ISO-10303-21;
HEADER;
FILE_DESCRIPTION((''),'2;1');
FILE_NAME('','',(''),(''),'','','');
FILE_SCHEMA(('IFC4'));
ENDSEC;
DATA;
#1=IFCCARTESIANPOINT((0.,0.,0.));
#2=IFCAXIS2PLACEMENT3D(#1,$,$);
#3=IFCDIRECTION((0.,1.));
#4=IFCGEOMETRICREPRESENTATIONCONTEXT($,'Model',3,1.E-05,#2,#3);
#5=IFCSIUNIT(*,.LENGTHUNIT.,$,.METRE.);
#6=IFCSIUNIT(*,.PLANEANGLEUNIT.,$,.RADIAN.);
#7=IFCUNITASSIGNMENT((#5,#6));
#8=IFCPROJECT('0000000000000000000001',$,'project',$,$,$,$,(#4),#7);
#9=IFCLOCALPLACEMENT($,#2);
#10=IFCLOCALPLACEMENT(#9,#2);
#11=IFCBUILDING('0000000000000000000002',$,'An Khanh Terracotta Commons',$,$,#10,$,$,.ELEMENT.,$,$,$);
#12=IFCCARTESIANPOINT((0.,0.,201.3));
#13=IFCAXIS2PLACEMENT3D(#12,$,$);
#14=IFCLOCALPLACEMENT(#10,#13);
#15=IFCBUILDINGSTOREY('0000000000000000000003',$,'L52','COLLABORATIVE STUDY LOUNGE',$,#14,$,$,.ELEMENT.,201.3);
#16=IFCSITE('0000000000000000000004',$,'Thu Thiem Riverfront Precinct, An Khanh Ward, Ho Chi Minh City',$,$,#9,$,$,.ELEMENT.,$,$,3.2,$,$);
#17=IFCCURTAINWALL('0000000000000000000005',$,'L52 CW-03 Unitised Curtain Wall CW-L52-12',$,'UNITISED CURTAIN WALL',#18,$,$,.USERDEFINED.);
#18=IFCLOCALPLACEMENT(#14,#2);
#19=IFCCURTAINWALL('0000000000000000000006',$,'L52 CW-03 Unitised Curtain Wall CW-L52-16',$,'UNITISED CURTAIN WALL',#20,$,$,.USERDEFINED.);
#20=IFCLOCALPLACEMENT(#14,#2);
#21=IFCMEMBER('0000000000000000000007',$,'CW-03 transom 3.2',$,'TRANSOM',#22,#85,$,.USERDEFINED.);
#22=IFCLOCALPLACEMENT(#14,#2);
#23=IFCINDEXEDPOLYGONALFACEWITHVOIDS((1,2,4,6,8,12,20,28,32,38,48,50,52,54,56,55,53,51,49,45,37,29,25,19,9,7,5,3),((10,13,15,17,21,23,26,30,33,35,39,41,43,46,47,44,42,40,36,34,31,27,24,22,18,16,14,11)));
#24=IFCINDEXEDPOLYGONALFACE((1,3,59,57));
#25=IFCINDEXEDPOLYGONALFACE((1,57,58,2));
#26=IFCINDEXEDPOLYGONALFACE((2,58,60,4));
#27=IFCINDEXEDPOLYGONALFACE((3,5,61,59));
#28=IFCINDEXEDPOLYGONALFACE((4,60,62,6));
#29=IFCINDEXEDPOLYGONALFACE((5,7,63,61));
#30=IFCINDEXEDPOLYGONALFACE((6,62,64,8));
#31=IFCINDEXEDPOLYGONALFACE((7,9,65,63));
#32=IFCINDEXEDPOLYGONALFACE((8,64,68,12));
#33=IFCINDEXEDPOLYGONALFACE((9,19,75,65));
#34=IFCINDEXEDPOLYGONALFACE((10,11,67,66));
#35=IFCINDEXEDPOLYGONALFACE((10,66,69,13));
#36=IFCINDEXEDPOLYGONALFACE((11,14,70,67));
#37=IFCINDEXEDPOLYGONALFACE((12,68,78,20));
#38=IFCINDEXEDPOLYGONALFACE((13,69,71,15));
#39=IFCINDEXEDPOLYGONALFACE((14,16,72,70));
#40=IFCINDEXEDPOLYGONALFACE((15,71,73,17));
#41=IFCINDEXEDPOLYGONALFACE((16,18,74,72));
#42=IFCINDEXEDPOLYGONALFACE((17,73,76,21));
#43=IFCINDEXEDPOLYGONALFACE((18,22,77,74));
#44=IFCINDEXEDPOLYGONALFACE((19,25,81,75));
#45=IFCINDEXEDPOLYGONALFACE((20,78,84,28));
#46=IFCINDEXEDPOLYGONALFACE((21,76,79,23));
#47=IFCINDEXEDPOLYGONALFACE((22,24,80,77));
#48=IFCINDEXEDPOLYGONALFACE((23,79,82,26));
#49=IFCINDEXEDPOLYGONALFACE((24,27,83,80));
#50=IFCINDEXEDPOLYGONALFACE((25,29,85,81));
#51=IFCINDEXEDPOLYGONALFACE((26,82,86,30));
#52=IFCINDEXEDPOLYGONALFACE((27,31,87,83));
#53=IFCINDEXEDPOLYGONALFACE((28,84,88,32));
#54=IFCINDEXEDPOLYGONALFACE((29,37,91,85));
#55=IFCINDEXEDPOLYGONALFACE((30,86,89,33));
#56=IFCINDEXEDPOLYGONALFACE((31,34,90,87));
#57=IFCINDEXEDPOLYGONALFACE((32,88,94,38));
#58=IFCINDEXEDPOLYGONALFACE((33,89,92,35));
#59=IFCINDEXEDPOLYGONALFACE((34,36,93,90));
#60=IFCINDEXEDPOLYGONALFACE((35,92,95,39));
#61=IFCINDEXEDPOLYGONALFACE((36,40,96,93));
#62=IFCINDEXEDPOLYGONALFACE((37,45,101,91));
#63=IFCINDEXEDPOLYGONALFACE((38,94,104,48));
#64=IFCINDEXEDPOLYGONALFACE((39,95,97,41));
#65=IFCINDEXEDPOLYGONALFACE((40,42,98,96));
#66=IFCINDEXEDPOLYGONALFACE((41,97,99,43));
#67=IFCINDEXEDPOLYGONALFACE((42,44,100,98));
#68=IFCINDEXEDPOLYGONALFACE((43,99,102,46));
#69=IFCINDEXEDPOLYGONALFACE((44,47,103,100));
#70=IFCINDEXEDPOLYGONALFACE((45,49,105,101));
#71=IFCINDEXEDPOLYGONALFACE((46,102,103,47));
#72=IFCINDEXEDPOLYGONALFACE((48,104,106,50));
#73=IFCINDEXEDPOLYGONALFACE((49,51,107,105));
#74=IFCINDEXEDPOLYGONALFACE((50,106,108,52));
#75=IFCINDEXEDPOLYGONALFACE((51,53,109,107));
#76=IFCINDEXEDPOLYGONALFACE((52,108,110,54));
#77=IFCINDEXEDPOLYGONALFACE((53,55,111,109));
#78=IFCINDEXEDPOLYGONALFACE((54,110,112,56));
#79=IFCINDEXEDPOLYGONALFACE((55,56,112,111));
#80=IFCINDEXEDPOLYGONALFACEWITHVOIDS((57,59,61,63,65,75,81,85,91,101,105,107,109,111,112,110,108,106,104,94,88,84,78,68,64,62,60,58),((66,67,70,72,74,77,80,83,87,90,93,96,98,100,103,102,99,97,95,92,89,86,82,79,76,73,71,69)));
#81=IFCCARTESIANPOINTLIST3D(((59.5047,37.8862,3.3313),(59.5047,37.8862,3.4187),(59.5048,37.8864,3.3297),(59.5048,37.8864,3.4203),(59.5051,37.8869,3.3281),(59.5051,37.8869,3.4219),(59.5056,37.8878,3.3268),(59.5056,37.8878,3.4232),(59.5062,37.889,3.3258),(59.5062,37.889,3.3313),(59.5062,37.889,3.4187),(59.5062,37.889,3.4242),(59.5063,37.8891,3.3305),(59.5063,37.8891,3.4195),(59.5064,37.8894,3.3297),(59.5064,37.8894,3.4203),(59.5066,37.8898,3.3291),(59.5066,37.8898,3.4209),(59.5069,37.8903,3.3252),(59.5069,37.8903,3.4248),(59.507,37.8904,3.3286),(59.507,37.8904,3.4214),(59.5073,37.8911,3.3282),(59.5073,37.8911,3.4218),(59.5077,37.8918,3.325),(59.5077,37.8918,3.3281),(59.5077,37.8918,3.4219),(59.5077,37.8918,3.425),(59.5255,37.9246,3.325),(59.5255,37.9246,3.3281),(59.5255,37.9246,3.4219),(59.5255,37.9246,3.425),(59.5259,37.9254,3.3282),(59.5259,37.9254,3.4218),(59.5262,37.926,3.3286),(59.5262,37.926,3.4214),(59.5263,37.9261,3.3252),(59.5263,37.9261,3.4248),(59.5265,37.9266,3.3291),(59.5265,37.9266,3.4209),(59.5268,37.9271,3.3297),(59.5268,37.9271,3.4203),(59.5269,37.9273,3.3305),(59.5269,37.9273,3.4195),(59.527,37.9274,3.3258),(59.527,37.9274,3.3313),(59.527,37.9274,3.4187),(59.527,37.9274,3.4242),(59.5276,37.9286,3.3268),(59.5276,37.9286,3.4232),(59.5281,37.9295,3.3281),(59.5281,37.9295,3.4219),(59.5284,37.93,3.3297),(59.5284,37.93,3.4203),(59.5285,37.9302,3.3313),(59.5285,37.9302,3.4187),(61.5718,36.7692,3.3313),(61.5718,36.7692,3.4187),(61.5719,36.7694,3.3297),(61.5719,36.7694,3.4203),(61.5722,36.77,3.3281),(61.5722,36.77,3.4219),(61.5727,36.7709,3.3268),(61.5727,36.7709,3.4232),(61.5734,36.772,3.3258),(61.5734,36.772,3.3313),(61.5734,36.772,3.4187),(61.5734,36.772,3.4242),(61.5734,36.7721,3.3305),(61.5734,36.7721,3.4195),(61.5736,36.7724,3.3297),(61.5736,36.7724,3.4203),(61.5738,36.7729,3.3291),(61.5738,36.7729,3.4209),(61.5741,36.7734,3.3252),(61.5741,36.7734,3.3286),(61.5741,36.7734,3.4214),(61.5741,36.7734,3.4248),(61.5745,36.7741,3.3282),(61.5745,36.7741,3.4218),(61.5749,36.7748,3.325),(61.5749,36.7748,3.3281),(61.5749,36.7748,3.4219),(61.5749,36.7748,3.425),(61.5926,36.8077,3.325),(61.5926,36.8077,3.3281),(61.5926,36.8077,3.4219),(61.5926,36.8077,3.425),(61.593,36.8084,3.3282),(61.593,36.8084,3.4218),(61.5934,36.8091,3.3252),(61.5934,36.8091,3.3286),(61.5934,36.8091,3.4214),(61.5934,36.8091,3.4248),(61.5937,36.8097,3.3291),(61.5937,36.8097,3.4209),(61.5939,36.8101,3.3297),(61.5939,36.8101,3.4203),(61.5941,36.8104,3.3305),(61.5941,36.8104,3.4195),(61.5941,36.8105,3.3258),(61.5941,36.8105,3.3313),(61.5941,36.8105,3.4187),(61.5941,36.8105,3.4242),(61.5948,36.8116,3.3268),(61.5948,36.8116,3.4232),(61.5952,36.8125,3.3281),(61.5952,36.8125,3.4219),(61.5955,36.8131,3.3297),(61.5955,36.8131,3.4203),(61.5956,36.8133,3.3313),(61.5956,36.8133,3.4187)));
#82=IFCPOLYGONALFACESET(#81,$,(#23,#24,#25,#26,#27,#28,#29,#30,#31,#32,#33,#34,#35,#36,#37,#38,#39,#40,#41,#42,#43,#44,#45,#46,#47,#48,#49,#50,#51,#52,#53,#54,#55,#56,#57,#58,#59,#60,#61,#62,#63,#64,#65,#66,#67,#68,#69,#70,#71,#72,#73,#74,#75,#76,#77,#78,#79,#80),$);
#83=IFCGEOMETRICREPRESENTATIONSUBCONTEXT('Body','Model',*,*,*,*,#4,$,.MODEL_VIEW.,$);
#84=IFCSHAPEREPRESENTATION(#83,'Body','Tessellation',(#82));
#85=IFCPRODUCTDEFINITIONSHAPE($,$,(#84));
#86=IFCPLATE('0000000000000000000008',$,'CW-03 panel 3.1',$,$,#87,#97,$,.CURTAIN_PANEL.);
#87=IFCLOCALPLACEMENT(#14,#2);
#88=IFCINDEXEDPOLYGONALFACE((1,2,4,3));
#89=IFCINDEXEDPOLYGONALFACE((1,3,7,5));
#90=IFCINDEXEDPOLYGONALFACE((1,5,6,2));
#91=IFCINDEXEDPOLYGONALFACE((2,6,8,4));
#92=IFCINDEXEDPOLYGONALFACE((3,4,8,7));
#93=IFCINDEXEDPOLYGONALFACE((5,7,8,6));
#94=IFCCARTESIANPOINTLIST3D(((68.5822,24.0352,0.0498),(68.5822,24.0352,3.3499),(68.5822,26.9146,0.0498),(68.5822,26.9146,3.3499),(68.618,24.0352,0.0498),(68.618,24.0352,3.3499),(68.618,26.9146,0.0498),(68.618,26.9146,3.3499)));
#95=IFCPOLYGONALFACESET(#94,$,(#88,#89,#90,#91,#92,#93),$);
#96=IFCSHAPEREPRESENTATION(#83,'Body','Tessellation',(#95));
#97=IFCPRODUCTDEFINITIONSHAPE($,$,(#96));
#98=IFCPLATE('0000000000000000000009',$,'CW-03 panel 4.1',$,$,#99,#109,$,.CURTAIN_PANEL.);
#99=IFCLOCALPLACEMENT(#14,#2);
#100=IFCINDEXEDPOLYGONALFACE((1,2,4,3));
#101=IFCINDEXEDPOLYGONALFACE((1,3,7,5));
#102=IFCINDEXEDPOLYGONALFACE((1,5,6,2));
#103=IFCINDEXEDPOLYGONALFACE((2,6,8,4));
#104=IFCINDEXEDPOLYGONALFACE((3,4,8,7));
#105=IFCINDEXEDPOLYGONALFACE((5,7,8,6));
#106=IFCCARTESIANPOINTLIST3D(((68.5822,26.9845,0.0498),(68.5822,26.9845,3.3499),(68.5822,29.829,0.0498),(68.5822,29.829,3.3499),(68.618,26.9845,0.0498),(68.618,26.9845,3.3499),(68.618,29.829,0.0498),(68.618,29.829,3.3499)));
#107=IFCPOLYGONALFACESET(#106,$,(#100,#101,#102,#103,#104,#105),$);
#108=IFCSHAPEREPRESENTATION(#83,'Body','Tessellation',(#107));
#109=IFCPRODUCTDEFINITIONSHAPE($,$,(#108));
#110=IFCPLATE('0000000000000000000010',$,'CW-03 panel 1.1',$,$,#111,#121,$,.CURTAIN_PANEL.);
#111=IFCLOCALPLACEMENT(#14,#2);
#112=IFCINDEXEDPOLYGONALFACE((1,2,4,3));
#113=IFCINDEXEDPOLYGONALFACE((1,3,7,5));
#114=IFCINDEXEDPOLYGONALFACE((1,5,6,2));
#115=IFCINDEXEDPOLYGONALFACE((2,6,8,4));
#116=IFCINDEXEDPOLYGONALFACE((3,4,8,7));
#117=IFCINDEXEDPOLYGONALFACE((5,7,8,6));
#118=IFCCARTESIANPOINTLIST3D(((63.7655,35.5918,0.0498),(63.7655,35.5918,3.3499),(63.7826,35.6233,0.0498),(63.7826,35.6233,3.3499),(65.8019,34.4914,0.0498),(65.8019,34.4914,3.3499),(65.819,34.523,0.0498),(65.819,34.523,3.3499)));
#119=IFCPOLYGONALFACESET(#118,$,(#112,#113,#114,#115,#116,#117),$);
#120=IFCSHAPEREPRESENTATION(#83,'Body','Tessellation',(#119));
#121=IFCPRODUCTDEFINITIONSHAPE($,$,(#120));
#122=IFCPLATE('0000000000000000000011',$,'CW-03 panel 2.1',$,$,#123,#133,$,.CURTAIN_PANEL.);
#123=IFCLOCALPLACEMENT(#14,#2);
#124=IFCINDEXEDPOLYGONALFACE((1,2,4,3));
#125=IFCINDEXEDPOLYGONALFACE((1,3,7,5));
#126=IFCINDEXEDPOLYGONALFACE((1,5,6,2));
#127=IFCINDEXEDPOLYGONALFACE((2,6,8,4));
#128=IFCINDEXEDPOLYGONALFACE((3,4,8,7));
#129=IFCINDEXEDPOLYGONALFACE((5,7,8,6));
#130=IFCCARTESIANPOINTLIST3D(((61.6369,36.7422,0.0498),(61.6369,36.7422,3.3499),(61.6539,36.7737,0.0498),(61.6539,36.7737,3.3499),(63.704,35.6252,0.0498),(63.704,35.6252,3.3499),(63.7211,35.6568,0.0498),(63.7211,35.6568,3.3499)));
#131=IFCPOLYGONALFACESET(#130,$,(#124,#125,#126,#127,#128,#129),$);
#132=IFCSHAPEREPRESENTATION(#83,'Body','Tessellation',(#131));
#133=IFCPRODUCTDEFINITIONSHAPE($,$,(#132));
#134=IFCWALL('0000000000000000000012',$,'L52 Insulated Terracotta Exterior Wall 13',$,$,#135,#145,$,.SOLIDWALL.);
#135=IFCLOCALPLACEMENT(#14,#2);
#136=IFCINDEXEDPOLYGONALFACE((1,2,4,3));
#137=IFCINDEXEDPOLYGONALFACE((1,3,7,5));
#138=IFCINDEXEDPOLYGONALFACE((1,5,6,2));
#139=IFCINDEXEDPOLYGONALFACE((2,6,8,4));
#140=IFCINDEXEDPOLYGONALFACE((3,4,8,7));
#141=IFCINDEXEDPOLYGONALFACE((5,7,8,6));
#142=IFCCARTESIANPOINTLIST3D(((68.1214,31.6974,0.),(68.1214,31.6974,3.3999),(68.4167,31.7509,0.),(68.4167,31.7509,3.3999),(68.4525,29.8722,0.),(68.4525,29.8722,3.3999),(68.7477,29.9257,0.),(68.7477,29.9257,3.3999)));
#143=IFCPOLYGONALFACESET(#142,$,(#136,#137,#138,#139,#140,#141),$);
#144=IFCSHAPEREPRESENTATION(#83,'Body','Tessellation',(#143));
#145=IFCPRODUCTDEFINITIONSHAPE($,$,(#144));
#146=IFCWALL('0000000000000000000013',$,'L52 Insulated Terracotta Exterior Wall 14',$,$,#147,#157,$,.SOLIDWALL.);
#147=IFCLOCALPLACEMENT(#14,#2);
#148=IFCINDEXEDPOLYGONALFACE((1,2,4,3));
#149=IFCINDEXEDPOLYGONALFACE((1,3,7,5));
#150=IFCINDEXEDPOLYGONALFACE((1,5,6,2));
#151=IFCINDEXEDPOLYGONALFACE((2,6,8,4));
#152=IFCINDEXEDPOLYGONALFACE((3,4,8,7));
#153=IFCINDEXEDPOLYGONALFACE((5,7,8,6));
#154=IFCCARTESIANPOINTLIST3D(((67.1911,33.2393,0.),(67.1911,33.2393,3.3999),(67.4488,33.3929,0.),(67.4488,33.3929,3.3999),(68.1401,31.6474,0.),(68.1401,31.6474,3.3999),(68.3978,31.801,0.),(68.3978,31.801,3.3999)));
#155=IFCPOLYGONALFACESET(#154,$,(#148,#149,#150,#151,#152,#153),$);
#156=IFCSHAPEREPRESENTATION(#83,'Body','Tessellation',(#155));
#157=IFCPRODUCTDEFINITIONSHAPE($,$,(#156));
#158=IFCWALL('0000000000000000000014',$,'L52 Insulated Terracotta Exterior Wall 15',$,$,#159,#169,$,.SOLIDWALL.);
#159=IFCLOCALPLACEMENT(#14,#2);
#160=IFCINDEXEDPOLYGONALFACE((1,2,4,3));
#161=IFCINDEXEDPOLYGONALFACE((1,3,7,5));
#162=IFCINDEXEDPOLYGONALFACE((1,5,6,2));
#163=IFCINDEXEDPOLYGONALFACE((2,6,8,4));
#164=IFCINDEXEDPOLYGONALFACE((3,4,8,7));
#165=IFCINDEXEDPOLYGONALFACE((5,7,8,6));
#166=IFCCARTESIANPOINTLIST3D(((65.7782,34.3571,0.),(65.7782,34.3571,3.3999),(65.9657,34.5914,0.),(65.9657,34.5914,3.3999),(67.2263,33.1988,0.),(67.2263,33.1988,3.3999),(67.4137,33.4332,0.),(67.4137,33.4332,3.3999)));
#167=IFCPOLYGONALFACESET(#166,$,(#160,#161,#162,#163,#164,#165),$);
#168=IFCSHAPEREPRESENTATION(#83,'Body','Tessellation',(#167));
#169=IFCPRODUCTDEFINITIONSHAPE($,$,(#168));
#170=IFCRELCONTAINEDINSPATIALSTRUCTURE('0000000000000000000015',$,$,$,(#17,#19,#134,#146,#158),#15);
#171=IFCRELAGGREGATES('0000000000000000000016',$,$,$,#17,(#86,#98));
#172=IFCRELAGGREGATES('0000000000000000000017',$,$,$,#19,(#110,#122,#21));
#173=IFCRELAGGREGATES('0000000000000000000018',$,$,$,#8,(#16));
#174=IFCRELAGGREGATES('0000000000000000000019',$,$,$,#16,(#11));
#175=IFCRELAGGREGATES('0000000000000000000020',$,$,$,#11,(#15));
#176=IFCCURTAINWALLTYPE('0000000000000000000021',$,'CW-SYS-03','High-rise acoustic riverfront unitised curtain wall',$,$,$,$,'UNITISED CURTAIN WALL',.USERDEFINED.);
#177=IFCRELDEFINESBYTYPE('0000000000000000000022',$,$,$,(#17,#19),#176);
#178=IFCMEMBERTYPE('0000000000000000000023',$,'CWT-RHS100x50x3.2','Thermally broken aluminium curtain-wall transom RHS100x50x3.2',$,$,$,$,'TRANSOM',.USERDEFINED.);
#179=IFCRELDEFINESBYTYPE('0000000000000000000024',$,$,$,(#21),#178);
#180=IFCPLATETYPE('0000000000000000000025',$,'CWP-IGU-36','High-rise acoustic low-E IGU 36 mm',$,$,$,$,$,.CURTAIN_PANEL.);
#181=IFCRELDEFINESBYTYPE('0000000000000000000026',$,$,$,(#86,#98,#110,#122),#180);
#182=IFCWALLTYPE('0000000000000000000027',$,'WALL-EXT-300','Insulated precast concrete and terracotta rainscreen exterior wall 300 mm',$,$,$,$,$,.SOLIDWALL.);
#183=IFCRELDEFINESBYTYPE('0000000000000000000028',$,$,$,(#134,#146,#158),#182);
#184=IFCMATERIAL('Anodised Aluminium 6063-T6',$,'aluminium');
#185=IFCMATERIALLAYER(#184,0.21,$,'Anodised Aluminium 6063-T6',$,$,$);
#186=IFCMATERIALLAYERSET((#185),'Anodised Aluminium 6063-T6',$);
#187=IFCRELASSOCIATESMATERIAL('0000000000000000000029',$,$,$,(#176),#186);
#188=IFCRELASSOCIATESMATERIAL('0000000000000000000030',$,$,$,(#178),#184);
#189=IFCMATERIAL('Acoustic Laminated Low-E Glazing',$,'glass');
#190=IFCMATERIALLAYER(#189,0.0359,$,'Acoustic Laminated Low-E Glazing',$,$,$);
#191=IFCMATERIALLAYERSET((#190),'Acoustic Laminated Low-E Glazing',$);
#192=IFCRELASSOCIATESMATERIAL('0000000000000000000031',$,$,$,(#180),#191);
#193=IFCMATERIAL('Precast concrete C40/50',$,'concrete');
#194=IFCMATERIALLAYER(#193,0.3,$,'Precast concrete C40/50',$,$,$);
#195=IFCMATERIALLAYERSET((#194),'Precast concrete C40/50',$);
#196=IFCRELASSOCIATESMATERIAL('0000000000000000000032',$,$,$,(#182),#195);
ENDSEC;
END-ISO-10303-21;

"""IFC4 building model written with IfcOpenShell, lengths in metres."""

from ifc_helpers import new_model, si_unit, direction, frame, frame_2d, origin, origin_2d, place, context, subcontext, project, spatial, rectangle, hollow_rectangle, extrude, material, layer, layer_set, material_profile, profile_set, type_object, element, aggregate, save


model = new_model("IFC4")

# Units and contexts
model_context = context("Model", 3, precision=1e-05, world=origin(), true_north=direction((0.0, 1.0)))
body_context = subcontext(model_context, "Body", "Model", "MODEL_VIEW")
ifc_project = project(units=[si_unit("LENGTHUNIT", "METRE"), si_unit("PLANEANGLEUNIT", "RADIAN")], contexts=[model_context])

# Site, building, storey
site_placement = place(None, origin())
site = spatial("IfcSite", under=ifc_project, at=site_placement, Name="Thu Thiem Riverfront Precinct, An Khanh Ward, Ho Chi Minh City", CompositionType="ELEMENT", RefElevation=3.2)
building_placement = place(site_placement, origin())
building = spatial("IfcBuilding", under=site, at=building_placement, Name="An Khanh Terracotta Commons", CompositionType="ELEMENT")
storey_placement = place(building_placement, frame((0.0, 0.0, 201.3)))
storey = spatial("IfcBuildingStorey", under=building, at=storey_placement, Name="L52", Description="COLLABORATIVE STUDY LOUNGE", CompositionType="ELEMENT", Elevation=201.3)

# Curtain walls
ifc_material_1 = material(Name="Anodised Aluminium 6063-T6", Category="aluminium")
ifc_layer_1 = layer(ifc_material_1, 0.21, Name="Anodised Aluminium 6063-T6")
ifc_layer_set_1 = layer_set([ifc_layer_1], Name="Anodised Aluminium 6063-T6")
curtain_wall_type = type_object("IfcCurtainWallType", Name="CW-SYS-03", Description="High-rise acoustic riverfront unitised curtain wall", ElementType="UNITISED CURTAIN WALL", PredefinedType="USERDEFINED", material=ifc_layer_set_1)
curtain_wall_1_placement = place(storey_placement, origin())
curtain_wall_1 = element("IfcCurtainWall", 1, at=curtain_wall_1_placement, inside=storey, type_object=curtain_wall_type, Name="L52 CW-03 Unitised Curtain Wall CW-L52-12", ObjectType="UNITISED CURTAIN WALL", PredefinedType="USERDEFINED")
curtain_wall_2_placement = place(storey_placement, origin())
curtain_wall_2 = element("IfcCurtainWall", 2, at=curtain_wall_2_placement, inside=storey, type_object=curtain_wall_type, Name="L52 CW-03 Unitised Curtain Wall CW-L52-16", ObjectType="UNITISED CURTAIN WALL", PredefinedType="USERDEFINED")

# Member
ifc_material_profile_1 = material_profile(ifc_material_1, hollow_rectangle(XDim=0.05, YDim=0.1001, WallThickness=0.0032, InnerFilletRadius=0.0032, OuterFilletRadius=0.0063, at=origin_2d()), Name="RHS100x50x3.2")
ifc_profile_set_1 = profile_set([ifc_material_profile_1], Name="Anodised Aluminium 6063-T6")
member_type_1 = type_object("IfcMemberType", Name="CWT-RHS100x50x3.2", Description="Thermally broken aluminium curtain-wall transom RHS100x50x3.2", ElementType="TRANSOM", PredefinedType="USERDEFINED", material=ifc_profile_set_1)
member_1_placement = place(storey_placement, frame((61.5837, 36.7913, 3.375), z_axis=(-0.879783, 0.475376, 0.0), x_axis=(-0.475376, -0.879783, 0.0)))
member_1 = element("IfcMember", 3, at=member_1_placement, type_object=member_type_1, Name="CW-03 transom 3.2", ObjectType="TRANSOM", PredefinedType="USERDEFINED", context=body_context, shape_type="SweptSolid", body=[
    extrude(hollow_rectangle(XDim=0.05, YDim=0.1001, WallThickness=0.0032, InnerFilletRadius=0.0032, OuterFilletRadius=0.0063, at=origin_2d()), origin(), (0.0, 0.0, 1.0), 2.3496),
])

# Plates
ifc_material_2 = material(Name="Acoustic Laminated Low-E Glazing", Category="glass")
ifc_layer_2 = layer(ifc_material_2, 0.0359, Name="Acoustic Laminated Low-E Glazing")
ifc_layer_set_2 = layer_set([ifc_layer_2], Name="Acoustic Laminated Low-E Glazing")
plate_type = type_object("IfcPlateType", Name="CWP-IGU-36", Description="High-rise acoustic low-E IGU 36 mm", PredefinedType="CURTAIN_PANEL", material=ifc_layer_set_2)
plate_1_placement = place(storey_placement, frame((68.6001, 25.4749, 0.0498), z_axis=(0.0, 0.0, 1.0), x_axis=(0.0, 1.0, 0.0)))
plate_1 = element("IfcPlate", 4, at=plate_1_placement, type_object=plate_type, Name="CW-03 panel 3.1", PredefinedType="CURTAIN_PANEL", context=body_context, shape_type="SweptSolid", body=[
    extrude(rectangle(XDim=2.8794, YDim=0.0359, at=origin_2d()), origin(), (0.0, 0.0, 1.0), 3.3),
])
plate_2_placement = place(storey_placement, frame((68.6001, 28.4067, 0.0498), z_axis=(0.0, 0.0, 1.0), x_axis=(0.0, 1.0, 0.0)))
plate_2 = element("IfcPlate", 5, at=plate_2_placement, type_object=plate_type, Name="CW-03 panel 4.1", PredefinedType="CURTAIN_PANEL", context=body_context, shape_type="SweptSolid", body=[
    extrude(rectangle(XDim=2.8445, YDim=0.0359, at=origin_2d()), origin(), (0.0, 0.0, 1.0), 3.3),
])
aggregate(curtain_wall_1, [plate_1, plate_2])
plate_3_placement = place(storey_placement, frame((64.7922, 35.0574, 0.0498), z_axis=(0.0, 0.0, 1.0), x_axis=(-0.87978, 0.475381, 0.0)))
plate_3 = element("IfcPlate", 6, at=plate_3_placement, type_object=plate_type, Name="CW-03 panel 1.1", PredefinedType="CURTAIN_PANEL", context=body_context, shape_type="SweptSolid", body=[
    extrude(rectangle(XDim=2.3147, YDim=0.0359, at=origin_2d()), origin(), (0.0, 0.0, 1.0), 3.3),
])
plate_4_placement = place(storey_placement, frame((62.679, 36.1995, 0.0498), z_axis=(0.0, 0.0, 1.0), x_axis=(-0.87978, 0.475381, 0.0)))
plate_4 = element("IfcPlate", 7, at=plate_4_placement, type_object=plate_type, Name="CW-03 panel 2.1", PredefinedType="CURTAIN_PANEL", context=body_context, shape_type="SweptSolid", body=[
    extrude(rectangle(XDim=2.3496, YDim=0.0359, at=origin_2d()), origin(), (0.0, 0.0, 1.0), 3.3),
])
aggregate(curtain_wall_2, [plate_3, plate_4, member_1])

# Walls
ifc_material_3 = material(Name="Precast concrete C40/50", Category="concrete")
ifc_layer_3 = layer(ifc_material_3, 0.3, Name="Precast concrete C40/50")
ifc_layer_set_3 = layer_set([ifc_layer_3], Name="Precast concrete C40/50")
wall_type_1 = type_object("IfcWallType", Name="WALL-EXT-300", Description="Insulated precast concrete and terracotta rainscreen exterior wall 300 mm", PredefinedType="SOLIDWALL", material=ifc_layer_set_3)
wall_1_placement = place(storey_placement, frame((68.6001, 29.8989, 0.0), z_axis=(0.0, 0.0, 1.0), x_axis=(-0.178468, 0.983946, 0.0)))
element("IfcWall", 8, at=wall_1_placement, inside=storey, type_object=wall_type_1, Name="L52 Insulated Terracotta Exterior Wall 13", PredefinedType="SOLIDWALL", context=body_context, shape_type="SweptSolid", body=[
    extrude(rectangle(XDim=1.855, YDim=0.3, at=frame_2d((0.9275, 0.0))), origin(), (0.0, 0.0, 1.0), 3.3999),
])
wall_2_placement = place(storey_placement, frame((68.269, 31.7241, 0.0), z_axis=(0.0, 0.0, 1.0), x_axis=(-0.512072, 0.858943, 0.0)))
element("IfcWall", 9, at=wall_2_placement, inside=storey, type_object=wall_type_1, Name="L52 Insulated Terracotta Exterior Wall 14", PredefinedType="SOLIDWALL", context=body_context, shape_type="SweptSolid", body=[
    extrude(rectangle(XDim=1.8533, YDim=0.3, at=frame_2d((0.9268, 0.0))), origin(), (0.0, 0.0, 1.0), 3.3999),
])
wall_3_placement = place(storey_placement, frame((67.3201, 33.3159, 0.0), z_axis=(0.0, 0.0, 1.0), x_axis=(-0.78092, 0.624631, 0.0)))
element("IfcWall", 10, at=wall_3_placement, inside=storey, type_object=wall_type_1, Name="L52 Insulated Terracotta Exterior Wall 15", PredefinedType="SOLIDWALL", context=body_context, shape_type="SweptSolid", body=[
    extrude(rectangle(XDim=1.8542, YDim=0.3, at=frame_2d((0.9272, 0.0))), origin(), (0.0, 0.0, 1.0), 3.3999),
])

save(model, "model.ifc")
